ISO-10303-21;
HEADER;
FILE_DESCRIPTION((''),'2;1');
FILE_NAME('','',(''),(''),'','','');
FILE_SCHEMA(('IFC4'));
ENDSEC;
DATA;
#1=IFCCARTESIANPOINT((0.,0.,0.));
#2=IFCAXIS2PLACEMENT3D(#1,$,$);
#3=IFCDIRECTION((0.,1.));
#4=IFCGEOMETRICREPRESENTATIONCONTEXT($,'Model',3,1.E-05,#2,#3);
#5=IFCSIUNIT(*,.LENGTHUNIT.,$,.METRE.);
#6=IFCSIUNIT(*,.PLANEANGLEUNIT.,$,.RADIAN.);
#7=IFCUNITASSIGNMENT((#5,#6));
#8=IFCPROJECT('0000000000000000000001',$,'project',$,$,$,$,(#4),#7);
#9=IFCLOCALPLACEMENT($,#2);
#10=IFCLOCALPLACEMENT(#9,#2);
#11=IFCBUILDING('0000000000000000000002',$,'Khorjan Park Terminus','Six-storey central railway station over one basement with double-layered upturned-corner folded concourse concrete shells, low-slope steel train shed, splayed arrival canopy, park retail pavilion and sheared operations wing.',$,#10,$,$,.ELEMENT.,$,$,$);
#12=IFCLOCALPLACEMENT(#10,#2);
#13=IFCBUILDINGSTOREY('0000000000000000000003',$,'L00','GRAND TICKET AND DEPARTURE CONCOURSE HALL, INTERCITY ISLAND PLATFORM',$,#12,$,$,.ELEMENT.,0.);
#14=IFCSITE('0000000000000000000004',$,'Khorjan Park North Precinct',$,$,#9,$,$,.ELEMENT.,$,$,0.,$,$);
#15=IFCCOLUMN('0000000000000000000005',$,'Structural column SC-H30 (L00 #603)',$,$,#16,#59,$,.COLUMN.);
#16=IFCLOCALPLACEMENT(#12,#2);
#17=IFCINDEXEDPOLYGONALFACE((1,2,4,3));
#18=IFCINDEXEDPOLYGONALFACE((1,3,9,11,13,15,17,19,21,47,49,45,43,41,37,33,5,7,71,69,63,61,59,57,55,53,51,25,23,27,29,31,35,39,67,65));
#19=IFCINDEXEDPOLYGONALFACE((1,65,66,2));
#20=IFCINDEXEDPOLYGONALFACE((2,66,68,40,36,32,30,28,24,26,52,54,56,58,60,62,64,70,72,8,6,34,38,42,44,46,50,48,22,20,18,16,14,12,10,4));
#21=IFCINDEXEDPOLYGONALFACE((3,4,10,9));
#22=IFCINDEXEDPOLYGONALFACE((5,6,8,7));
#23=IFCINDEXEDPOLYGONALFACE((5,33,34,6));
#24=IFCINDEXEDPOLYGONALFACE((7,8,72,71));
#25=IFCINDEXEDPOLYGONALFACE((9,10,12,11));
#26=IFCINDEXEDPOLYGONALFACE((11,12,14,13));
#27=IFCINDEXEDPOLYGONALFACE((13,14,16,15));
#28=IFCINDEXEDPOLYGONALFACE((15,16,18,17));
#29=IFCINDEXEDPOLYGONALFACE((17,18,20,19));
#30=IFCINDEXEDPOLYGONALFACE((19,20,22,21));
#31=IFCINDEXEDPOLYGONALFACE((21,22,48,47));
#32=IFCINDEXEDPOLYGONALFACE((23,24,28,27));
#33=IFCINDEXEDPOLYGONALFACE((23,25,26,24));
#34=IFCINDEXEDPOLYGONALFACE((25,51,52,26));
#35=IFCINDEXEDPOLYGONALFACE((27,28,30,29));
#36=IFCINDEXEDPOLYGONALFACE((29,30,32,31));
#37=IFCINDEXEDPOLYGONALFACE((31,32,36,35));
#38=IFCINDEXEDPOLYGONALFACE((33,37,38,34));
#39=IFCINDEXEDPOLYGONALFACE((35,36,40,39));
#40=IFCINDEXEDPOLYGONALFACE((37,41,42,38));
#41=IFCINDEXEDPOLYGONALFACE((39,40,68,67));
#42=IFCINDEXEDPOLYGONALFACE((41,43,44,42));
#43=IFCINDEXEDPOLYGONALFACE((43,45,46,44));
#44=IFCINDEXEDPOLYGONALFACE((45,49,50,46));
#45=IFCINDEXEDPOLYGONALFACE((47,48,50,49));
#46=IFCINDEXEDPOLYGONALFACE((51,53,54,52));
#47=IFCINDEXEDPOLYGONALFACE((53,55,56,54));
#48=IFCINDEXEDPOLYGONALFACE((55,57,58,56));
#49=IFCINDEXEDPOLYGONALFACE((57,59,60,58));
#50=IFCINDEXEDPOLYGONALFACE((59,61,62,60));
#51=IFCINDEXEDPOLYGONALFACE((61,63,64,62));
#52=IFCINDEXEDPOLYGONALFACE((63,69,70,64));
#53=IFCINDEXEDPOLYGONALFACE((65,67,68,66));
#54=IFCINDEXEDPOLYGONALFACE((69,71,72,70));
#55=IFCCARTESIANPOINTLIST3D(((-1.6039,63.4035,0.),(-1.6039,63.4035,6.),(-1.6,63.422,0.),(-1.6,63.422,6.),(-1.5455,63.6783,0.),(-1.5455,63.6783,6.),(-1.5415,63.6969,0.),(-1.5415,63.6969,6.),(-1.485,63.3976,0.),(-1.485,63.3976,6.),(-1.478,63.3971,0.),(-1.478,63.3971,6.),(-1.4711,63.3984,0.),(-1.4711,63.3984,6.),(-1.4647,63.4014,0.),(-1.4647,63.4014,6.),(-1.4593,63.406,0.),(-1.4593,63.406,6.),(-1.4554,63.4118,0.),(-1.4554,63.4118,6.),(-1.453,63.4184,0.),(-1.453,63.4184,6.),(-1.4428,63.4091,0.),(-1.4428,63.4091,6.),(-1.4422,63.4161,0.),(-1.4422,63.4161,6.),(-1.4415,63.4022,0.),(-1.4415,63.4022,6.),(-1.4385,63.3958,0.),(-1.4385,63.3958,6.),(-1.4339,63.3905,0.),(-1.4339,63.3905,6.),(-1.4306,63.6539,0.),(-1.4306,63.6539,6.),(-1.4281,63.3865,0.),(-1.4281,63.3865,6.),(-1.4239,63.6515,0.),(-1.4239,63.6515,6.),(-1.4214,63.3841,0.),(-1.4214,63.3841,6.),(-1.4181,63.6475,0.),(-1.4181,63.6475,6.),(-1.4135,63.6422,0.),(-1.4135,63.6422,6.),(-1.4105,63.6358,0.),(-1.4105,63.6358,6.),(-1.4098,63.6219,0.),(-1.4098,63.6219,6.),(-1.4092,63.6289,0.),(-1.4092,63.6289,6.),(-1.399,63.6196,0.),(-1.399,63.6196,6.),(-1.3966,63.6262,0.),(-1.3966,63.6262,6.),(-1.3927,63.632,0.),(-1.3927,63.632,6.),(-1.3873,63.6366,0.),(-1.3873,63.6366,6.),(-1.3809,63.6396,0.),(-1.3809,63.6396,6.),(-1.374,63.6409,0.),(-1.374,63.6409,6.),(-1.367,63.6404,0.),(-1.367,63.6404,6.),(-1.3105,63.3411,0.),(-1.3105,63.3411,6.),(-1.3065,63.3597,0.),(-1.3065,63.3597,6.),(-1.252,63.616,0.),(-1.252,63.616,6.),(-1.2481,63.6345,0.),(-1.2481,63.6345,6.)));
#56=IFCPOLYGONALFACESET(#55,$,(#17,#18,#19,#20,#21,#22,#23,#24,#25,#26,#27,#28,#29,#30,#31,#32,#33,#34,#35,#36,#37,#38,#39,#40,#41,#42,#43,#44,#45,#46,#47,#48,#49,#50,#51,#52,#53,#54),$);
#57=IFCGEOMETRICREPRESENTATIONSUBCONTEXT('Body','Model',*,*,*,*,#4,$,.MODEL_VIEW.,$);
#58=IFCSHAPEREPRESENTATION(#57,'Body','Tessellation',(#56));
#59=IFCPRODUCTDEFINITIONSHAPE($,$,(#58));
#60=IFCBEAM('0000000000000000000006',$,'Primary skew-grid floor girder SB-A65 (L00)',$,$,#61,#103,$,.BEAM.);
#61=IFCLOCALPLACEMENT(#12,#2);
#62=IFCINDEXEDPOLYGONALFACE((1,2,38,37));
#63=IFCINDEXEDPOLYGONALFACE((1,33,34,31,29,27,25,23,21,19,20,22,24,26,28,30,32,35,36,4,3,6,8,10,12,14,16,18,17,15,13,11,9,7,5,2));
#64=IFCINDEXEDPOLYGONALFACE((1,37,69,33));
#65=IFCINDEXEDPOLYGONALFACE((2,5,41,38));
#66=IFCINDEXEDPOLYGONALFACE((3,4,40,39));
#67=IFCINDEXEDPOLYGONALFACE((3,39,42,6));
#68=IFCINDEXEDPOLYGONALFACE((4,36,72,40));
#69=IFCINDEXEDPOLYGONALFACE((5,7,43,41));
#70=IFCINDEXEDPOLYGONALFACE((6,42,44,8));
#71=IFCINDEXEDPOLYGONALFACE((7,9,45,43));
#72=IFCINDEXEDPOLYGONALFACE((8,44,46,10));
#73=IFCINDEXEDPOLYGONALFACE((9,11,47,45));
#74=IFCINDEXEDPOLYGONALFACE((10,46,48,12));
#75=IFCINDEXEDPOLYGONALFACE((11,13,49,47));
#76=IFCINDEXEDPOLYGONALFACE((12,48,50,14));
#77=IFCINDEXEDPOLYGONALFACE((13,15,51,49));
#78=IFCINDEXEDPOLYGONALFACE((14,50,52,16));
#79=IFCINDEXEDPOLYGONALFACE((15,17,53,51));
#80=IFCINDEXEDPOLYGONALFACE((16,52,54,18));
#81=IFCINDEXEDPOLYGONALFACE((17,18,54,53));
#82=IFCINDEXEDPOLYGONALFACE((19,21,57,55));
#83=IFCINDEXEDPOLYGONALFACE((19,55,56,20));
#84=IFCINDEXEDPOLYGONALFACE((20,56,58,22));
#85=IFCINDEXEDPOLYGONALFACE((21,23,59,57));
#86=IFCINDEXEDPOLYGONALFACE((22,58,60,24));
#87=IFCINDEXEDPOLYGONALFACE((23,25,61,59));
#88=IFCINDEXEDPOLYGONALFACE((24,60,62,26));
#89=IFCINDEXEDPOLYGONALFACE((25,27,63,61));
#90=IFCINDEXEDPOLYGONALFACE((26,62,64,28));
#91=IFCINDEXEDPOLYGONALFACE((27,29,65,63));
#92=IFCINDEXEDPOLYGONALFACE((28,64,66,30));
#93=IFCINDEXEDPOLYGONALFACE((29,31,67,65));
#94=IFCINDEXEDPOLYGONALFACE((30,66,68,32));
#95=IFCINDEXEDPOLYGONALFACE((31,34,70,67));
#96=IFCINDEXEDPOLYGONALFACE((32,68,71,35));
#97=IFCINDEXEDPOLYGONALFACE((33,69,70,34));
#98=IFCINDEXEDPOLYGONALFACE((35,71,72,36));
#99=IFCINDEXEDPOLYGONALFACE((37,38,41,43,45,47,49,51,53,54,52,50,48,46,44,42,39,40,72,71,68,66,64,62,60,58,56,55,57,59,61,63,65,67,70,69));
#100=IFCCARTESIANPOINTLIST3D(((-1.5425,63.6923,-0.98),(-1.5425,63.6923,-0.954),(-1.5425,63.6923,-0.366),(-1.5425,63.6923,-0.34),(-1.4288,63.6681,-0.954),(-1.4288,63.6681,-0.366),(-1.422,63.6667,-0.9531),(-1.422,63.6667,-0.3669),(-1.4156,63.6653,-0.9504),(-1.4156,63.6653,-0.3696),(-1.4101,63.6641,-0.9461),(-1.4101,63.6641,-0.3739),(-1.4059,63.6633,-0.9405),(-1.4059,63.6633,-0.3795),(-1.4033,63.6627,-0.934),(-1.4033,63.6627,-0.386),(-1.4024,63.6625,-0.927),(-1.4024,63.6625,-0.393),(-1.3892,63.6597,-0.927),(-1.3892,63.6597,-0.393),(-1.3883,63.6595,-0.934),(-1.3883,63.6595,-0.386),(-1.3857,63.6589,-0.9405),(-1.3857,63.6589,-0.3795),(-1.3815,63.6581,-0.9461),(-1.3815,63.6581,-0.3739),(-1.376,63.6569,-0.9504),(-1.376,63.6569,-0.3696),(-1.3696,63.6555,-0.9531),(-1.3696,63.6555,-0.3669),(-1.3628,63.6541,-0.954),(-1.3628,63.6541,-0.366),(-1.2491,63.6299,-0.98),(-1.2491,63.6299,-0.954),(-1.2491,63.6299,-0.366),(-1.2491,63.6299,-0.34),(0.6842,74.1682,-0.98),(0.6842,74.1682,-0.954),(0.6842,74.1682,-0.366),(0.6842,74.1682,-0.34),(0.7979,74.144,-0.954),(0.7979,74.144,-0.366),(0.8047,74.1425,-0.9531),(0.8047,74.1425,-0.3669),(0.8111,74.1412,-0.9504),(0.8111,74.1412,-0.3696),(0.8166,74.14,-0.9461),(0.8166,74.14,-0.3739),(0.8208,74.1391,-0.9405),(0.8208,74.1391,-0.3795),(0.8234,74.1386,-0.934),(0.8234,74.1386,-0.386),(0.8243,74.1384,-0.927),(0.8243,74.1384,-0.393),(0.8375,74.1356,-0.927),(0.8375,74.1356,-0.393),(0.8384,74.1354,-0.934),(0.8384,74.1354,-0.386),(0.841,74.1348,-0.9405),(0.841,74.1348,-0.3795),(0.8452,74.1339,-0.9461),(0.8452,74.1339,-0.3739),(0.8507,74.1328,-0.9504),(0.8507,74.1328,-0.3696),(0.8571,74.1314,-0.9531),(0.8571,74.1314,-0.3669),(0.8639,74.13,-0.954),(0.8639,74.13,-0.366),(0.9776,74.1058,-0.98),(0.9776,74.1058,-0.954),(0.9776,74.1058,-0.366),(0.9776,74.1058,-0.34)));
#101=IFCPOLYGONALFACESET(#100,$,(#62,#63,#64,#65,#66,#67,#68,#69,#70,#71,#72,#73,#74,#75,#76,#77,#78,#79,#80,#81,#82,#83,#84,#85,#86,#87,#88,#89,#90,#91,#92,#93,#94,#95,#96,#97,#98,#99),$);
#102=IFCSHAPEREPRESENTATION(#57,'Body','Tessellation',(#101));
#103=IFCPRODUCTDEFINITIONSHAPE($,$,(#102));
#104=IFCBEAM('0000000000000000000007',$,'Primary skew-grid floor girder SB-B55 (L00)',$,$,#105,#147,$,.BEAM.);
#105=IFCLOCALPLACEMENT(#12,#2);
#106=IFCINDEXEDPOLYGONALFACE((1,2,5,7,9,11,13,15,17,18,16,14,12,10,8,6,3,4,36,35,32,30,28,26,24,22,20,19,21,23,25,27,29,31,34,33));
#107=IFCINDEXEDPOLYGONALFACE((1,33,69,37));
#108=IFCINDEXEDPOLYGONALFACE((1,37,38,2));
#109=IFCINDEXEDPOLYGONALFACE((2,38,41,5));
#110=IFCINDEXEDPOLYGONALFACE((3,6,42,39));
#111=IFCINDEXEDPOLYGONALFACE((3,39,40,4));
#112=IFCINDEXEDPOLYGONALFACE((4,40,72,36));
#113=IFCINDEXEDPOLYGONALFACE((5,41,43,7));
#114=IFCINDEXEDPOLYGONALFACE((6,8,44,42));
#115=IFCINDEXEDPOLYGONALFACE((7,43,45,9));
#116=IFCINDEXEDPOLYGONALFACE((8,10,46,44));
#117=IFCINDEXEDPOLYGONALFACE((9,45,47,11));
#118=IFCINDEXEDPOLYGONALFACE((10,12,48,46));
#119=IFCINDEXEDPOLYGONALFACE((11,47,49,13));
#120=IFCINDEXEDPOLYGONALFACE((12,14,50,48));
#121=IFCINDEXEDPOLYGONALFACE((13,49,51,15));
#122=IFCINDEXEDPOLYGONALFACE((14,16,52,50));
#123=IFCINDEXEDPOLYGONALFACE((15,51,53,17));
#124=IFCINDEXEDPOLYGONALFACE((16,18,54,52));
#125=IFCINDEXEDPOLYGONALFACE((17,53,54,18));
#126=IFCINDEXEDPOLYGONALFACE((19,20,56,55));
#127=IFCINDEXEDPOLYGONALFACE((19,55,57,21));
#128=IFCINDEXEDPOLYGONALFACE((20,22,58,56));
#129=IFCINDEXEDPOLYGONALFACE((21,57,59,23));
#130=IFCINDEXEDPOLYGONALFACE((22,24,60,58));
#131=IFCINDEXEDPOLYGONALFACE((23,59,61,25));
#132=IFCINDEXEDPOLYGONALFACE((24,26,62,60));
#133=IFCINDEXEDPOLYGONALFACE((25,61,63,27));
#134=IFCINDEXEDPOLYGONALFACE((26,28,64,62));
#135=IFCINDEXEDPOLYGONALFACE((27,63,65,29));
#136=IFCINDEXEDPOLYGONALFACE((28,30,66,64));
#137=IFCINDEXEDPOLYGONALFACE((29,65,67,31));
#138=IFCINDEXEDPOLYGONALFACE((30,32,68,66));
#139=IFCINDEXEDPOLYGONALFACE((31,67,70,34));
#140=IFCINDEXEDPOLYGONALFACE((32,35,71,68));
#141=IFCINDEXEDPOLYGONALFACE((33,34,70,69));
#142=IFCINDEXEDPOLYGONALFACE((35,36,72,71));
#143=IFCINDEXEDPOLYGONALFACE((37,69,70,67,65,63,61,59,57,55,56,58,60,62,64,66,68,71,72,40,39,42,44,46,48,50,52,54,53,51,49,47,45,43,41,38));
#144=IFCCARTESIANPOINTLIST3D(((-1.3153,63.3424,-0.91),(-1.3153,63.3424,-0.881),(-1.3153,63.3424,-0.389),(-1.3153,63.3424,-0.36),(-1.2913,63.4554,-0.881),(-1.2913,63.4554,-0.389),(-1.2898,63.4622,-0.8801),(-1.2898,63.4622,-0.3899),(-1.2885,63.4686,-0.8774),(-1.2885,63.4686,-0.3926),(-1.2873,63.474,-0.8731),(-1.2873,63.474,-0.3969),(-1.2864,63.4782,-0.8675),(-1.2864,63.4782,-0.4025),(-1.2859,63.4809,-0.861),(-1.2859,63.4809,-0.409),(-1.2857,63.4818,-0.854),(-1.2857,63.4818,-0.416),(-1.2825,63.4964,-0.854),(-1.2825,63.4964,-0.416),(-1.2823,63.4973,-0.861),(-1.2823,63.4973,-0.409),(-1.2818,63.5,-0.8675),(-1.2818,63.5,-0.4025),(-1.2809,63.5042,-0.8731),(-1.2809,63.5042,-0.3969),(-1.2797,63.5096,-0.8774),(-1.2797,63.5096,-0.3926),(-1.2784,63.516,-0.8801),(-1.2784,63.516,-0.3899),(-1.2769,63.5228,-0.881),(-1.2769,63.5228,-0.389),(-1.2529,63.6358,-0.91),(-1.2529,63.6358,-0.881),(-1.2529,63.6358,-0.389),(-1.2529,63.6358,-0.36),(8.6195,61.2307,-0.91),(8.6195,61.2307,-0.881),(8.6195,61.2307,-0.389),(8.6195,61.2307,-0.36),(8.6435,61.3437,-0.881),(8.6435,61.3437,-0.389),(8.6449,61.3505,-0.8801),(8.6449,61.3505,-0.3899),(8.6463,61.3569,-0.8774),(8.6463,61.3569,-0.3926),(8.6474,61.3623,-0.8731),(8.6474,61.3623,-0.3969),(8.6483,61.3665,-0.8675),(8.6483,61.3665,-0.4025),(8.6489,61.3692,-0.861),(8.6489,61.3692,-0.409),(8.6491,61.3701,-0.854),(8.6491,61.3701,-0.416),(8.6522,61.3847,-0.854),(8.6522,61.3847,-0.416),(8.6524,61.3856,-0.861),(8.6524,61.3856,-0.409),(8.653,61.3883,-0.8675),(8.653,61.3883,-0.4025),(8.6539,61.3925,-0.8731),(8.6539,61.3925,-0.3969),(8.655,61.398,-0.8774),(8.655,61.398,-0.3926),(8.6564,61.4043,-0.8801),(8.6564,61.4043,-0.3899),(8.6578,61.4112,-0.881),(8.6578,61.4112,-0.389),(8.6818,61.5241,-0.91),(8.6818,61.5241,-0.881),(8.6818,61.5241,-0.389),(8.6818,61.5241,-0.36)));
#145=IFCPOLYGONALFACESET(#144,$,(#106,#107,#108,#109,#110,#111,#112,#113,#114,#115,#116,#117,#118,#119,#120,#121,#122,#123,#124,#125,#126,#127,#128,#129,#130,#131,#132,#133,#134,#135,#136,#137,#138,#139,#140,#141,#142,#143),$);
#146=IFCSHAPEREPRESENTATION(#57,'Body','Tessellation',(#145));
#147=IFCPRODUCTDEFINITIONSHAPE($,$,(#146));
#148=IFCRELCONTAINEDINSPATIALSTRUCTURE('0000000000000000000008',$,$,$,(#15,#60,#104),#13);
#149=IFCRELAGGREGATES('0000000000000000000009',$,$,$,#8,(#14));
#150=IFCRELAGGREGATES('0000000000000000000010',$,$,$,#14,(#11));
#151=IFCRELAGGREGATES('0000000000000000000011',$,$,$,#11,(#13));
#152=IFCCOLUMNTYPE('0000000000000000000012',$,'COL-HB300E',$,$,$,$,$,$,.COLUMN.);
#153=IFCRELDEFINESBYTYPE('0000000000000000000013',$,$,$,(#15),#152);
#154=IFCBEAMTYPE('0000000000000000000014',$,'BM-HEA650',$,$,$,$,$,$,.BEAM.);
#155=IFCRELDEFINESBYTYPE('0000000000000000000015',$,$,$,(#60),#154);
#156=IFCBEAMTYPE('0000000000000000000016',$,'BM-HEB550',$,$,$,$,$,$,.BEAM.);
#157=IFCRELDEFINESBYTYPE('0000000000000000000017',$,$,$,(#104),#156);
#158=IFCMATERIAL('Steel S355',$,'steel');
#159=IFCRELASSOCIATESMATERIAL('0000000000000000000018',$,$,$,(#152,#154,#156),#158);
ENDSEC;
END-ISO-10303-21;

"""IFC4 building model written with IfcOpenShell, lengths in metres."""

from ifc_helpers import new_model, si_unit, direction, frame, origin, origin_2d, place, context, subcontext, project, spatial, i_section, extrude, material, material_profile, profile_set, type_object, element, save


model = new_model("IFC4")

# Units and contexts
model_context = context("Model", 3, precision=1e-05, world=origin(), true_north=direction((0.0, 1.0)))
body_context = subcontext(model_context, "Body", "Model", "MODEL_VIEW")
ifc_project = project(units=[si_unit("LENGTHUNIT", "METRE"), si_unit("PLANEANGLEUNIT", "RADIAN")], contexts=[model_context])

# Site, building, storey
site_placement = place(None, origin())
site = spatial("IfcSite", under=ifc_project, at=site_placement, Name="Khorjan Park North Precinct", CompositionType="ELEMENT", RefElevation=0.0)
building_placement = place(site_placement, origin())
building = spatial("IfcBuilding", under=site, at=building_placement, Name="Khorjan Park Terminus", Description="Six-storey central railway station over one basement with double-layered upturned-corner folded concourse concrete shells, low-slope steel train shed, splayed arrival canopy, park retail pavilion and sheared operations wing.", CompositionType="ELEMENT")
storey_placement = place(building_placement, origin())
storey = spatial("IfcBuildingStorey", under=building, at=storey_placement, Name="L00", Description="GRAND TICKET AND DEPARTURE CONCOURSE HALL, INTERCITY ISLAND PLATFORM", CompositionType="ELEMENT", Elevation=0.0)

# Column
ifc_material_1 = material(Name="Steel S355", Category="steel")
ifc_material_profile_1 = material_profile(ifc_material_1, i_section(OverallWidth=0.3, OverallDepth=0.3, WebThickness=0.011, FlangeThickness=0.019, FilletRadius=0.027, at=origin_2d()), Name="HEB 300")
ifc_profile_set_1 = profile_set([ifc_material_profile_1], Name="Steel S355")
column_type = type_object("IfcColumnType", Name="COL-HB300E", PredefinedType="COLUMN", material=ifc_profile_set_1)
column_placement = place(storey_placement, frame((-1.426, 63.519, 0.0), z_axis=(0.0, 0.0, 1.0), x_axis=(0.978148, -0.207912, 0.0)))
element("IfcColumn", 1, at=column_placement, inside=storey, type_object=column_type, Name="Structural column SC-H30 (L00 #603)", PredefinedType="COLUMN", context=body_context, shape_type="SweptSolid", body=[
    extrude(i_section(OverallWidth=0.3, OverallDepth=0.3, WebThickness=0.011, FlangeThickness=0.019, FilletRadius=0.027, at=origin_2d()), origin(), (0.0, 0.0, 1.0), 6.0),
])

# Beams
ifc_material_profile_2 = material_profile(ifc_material_1, i_section(OverallWidth=0.3, OverallDepth=0.64, WebThickness=0.0135, FlangeThickness=0.026, FilletRadius=0.027, at=origin_2d()), Name="HEA 650")
ifc_profile_set_2 = profile_set([ifc_material_profile_2], Name="Steel S355")
beam_type_1 = type_object("IfcBeamType", Name="BM-HEA650", PredefinedType="BEAM", material=ifc_profile_set_2)
beam_1_placement = place(storey_placement, frame((-1.3958, 63.6611, -0.66), z_axis=(0.20791, 0.978148, 0.0), x_axis=(-0.978148, 0.20791, 0.0)))
element("IfcBeam", 2, at=beam_1_placement, inside=storey, type_object=beam_type_1, Name="Primary skew-grid floor girder SB-A65 (L00)", PredefinedType="BEAM", context=body_context, shape_type="SweptSolid", body=[
    extrude(i_section(OverallWidth=0.3, OverallDepth=0.64, WebThickness=0.0135, FlangeThickness=0.026, FilletRadius=0.027, at=origin_2d()), origin(), (0.0, 0.0, 1.0), 10.7099),
])
ifc_material_profile_3 = material_profile(ifc_material_1, i_section(OverallWidth=0.3, OverallDepth=0.55, WebThickness=0.015, FlangeThickness=0.029, FilletRadius=0.027, at=origin_2d()), Name="HEB 550")
ifc_profile_set_3 = profile_set([ifc_material_profile_3], Name="Steel S355")
beam_type_2 = type_object("IfcBeamType", Name="BM-HEB550", PredefinedType="BEAM", material=ifc_profile_set_3)
beam_2_placement = place(storey_placement, frame((-1.2841, 63.4891, -0.635), z_axis=(0.978148, -0.207911, 0.0), x_axis=(0.207911, 0.978148, 0.0)))
element("IfcBeam", 3, at=beam_2_placement, inside=storey, type_object=beam_type_2, Name="Primary skew-grid floor girder SB-B55 (L00)", PredefinedType="BEAM", context=body_context, shape_type="SweptSolid", body=[
    extrude(i_section(OverallWidth=0.3, OverallDepth=0.55, WebThickness=0.015, FlangeThickness=0.029, FilletRadius=0.027, at=origin_2d()), origin(), (0.0, 0.0, 1.0), 10.1567),
])

save(model, "model.ifc")
